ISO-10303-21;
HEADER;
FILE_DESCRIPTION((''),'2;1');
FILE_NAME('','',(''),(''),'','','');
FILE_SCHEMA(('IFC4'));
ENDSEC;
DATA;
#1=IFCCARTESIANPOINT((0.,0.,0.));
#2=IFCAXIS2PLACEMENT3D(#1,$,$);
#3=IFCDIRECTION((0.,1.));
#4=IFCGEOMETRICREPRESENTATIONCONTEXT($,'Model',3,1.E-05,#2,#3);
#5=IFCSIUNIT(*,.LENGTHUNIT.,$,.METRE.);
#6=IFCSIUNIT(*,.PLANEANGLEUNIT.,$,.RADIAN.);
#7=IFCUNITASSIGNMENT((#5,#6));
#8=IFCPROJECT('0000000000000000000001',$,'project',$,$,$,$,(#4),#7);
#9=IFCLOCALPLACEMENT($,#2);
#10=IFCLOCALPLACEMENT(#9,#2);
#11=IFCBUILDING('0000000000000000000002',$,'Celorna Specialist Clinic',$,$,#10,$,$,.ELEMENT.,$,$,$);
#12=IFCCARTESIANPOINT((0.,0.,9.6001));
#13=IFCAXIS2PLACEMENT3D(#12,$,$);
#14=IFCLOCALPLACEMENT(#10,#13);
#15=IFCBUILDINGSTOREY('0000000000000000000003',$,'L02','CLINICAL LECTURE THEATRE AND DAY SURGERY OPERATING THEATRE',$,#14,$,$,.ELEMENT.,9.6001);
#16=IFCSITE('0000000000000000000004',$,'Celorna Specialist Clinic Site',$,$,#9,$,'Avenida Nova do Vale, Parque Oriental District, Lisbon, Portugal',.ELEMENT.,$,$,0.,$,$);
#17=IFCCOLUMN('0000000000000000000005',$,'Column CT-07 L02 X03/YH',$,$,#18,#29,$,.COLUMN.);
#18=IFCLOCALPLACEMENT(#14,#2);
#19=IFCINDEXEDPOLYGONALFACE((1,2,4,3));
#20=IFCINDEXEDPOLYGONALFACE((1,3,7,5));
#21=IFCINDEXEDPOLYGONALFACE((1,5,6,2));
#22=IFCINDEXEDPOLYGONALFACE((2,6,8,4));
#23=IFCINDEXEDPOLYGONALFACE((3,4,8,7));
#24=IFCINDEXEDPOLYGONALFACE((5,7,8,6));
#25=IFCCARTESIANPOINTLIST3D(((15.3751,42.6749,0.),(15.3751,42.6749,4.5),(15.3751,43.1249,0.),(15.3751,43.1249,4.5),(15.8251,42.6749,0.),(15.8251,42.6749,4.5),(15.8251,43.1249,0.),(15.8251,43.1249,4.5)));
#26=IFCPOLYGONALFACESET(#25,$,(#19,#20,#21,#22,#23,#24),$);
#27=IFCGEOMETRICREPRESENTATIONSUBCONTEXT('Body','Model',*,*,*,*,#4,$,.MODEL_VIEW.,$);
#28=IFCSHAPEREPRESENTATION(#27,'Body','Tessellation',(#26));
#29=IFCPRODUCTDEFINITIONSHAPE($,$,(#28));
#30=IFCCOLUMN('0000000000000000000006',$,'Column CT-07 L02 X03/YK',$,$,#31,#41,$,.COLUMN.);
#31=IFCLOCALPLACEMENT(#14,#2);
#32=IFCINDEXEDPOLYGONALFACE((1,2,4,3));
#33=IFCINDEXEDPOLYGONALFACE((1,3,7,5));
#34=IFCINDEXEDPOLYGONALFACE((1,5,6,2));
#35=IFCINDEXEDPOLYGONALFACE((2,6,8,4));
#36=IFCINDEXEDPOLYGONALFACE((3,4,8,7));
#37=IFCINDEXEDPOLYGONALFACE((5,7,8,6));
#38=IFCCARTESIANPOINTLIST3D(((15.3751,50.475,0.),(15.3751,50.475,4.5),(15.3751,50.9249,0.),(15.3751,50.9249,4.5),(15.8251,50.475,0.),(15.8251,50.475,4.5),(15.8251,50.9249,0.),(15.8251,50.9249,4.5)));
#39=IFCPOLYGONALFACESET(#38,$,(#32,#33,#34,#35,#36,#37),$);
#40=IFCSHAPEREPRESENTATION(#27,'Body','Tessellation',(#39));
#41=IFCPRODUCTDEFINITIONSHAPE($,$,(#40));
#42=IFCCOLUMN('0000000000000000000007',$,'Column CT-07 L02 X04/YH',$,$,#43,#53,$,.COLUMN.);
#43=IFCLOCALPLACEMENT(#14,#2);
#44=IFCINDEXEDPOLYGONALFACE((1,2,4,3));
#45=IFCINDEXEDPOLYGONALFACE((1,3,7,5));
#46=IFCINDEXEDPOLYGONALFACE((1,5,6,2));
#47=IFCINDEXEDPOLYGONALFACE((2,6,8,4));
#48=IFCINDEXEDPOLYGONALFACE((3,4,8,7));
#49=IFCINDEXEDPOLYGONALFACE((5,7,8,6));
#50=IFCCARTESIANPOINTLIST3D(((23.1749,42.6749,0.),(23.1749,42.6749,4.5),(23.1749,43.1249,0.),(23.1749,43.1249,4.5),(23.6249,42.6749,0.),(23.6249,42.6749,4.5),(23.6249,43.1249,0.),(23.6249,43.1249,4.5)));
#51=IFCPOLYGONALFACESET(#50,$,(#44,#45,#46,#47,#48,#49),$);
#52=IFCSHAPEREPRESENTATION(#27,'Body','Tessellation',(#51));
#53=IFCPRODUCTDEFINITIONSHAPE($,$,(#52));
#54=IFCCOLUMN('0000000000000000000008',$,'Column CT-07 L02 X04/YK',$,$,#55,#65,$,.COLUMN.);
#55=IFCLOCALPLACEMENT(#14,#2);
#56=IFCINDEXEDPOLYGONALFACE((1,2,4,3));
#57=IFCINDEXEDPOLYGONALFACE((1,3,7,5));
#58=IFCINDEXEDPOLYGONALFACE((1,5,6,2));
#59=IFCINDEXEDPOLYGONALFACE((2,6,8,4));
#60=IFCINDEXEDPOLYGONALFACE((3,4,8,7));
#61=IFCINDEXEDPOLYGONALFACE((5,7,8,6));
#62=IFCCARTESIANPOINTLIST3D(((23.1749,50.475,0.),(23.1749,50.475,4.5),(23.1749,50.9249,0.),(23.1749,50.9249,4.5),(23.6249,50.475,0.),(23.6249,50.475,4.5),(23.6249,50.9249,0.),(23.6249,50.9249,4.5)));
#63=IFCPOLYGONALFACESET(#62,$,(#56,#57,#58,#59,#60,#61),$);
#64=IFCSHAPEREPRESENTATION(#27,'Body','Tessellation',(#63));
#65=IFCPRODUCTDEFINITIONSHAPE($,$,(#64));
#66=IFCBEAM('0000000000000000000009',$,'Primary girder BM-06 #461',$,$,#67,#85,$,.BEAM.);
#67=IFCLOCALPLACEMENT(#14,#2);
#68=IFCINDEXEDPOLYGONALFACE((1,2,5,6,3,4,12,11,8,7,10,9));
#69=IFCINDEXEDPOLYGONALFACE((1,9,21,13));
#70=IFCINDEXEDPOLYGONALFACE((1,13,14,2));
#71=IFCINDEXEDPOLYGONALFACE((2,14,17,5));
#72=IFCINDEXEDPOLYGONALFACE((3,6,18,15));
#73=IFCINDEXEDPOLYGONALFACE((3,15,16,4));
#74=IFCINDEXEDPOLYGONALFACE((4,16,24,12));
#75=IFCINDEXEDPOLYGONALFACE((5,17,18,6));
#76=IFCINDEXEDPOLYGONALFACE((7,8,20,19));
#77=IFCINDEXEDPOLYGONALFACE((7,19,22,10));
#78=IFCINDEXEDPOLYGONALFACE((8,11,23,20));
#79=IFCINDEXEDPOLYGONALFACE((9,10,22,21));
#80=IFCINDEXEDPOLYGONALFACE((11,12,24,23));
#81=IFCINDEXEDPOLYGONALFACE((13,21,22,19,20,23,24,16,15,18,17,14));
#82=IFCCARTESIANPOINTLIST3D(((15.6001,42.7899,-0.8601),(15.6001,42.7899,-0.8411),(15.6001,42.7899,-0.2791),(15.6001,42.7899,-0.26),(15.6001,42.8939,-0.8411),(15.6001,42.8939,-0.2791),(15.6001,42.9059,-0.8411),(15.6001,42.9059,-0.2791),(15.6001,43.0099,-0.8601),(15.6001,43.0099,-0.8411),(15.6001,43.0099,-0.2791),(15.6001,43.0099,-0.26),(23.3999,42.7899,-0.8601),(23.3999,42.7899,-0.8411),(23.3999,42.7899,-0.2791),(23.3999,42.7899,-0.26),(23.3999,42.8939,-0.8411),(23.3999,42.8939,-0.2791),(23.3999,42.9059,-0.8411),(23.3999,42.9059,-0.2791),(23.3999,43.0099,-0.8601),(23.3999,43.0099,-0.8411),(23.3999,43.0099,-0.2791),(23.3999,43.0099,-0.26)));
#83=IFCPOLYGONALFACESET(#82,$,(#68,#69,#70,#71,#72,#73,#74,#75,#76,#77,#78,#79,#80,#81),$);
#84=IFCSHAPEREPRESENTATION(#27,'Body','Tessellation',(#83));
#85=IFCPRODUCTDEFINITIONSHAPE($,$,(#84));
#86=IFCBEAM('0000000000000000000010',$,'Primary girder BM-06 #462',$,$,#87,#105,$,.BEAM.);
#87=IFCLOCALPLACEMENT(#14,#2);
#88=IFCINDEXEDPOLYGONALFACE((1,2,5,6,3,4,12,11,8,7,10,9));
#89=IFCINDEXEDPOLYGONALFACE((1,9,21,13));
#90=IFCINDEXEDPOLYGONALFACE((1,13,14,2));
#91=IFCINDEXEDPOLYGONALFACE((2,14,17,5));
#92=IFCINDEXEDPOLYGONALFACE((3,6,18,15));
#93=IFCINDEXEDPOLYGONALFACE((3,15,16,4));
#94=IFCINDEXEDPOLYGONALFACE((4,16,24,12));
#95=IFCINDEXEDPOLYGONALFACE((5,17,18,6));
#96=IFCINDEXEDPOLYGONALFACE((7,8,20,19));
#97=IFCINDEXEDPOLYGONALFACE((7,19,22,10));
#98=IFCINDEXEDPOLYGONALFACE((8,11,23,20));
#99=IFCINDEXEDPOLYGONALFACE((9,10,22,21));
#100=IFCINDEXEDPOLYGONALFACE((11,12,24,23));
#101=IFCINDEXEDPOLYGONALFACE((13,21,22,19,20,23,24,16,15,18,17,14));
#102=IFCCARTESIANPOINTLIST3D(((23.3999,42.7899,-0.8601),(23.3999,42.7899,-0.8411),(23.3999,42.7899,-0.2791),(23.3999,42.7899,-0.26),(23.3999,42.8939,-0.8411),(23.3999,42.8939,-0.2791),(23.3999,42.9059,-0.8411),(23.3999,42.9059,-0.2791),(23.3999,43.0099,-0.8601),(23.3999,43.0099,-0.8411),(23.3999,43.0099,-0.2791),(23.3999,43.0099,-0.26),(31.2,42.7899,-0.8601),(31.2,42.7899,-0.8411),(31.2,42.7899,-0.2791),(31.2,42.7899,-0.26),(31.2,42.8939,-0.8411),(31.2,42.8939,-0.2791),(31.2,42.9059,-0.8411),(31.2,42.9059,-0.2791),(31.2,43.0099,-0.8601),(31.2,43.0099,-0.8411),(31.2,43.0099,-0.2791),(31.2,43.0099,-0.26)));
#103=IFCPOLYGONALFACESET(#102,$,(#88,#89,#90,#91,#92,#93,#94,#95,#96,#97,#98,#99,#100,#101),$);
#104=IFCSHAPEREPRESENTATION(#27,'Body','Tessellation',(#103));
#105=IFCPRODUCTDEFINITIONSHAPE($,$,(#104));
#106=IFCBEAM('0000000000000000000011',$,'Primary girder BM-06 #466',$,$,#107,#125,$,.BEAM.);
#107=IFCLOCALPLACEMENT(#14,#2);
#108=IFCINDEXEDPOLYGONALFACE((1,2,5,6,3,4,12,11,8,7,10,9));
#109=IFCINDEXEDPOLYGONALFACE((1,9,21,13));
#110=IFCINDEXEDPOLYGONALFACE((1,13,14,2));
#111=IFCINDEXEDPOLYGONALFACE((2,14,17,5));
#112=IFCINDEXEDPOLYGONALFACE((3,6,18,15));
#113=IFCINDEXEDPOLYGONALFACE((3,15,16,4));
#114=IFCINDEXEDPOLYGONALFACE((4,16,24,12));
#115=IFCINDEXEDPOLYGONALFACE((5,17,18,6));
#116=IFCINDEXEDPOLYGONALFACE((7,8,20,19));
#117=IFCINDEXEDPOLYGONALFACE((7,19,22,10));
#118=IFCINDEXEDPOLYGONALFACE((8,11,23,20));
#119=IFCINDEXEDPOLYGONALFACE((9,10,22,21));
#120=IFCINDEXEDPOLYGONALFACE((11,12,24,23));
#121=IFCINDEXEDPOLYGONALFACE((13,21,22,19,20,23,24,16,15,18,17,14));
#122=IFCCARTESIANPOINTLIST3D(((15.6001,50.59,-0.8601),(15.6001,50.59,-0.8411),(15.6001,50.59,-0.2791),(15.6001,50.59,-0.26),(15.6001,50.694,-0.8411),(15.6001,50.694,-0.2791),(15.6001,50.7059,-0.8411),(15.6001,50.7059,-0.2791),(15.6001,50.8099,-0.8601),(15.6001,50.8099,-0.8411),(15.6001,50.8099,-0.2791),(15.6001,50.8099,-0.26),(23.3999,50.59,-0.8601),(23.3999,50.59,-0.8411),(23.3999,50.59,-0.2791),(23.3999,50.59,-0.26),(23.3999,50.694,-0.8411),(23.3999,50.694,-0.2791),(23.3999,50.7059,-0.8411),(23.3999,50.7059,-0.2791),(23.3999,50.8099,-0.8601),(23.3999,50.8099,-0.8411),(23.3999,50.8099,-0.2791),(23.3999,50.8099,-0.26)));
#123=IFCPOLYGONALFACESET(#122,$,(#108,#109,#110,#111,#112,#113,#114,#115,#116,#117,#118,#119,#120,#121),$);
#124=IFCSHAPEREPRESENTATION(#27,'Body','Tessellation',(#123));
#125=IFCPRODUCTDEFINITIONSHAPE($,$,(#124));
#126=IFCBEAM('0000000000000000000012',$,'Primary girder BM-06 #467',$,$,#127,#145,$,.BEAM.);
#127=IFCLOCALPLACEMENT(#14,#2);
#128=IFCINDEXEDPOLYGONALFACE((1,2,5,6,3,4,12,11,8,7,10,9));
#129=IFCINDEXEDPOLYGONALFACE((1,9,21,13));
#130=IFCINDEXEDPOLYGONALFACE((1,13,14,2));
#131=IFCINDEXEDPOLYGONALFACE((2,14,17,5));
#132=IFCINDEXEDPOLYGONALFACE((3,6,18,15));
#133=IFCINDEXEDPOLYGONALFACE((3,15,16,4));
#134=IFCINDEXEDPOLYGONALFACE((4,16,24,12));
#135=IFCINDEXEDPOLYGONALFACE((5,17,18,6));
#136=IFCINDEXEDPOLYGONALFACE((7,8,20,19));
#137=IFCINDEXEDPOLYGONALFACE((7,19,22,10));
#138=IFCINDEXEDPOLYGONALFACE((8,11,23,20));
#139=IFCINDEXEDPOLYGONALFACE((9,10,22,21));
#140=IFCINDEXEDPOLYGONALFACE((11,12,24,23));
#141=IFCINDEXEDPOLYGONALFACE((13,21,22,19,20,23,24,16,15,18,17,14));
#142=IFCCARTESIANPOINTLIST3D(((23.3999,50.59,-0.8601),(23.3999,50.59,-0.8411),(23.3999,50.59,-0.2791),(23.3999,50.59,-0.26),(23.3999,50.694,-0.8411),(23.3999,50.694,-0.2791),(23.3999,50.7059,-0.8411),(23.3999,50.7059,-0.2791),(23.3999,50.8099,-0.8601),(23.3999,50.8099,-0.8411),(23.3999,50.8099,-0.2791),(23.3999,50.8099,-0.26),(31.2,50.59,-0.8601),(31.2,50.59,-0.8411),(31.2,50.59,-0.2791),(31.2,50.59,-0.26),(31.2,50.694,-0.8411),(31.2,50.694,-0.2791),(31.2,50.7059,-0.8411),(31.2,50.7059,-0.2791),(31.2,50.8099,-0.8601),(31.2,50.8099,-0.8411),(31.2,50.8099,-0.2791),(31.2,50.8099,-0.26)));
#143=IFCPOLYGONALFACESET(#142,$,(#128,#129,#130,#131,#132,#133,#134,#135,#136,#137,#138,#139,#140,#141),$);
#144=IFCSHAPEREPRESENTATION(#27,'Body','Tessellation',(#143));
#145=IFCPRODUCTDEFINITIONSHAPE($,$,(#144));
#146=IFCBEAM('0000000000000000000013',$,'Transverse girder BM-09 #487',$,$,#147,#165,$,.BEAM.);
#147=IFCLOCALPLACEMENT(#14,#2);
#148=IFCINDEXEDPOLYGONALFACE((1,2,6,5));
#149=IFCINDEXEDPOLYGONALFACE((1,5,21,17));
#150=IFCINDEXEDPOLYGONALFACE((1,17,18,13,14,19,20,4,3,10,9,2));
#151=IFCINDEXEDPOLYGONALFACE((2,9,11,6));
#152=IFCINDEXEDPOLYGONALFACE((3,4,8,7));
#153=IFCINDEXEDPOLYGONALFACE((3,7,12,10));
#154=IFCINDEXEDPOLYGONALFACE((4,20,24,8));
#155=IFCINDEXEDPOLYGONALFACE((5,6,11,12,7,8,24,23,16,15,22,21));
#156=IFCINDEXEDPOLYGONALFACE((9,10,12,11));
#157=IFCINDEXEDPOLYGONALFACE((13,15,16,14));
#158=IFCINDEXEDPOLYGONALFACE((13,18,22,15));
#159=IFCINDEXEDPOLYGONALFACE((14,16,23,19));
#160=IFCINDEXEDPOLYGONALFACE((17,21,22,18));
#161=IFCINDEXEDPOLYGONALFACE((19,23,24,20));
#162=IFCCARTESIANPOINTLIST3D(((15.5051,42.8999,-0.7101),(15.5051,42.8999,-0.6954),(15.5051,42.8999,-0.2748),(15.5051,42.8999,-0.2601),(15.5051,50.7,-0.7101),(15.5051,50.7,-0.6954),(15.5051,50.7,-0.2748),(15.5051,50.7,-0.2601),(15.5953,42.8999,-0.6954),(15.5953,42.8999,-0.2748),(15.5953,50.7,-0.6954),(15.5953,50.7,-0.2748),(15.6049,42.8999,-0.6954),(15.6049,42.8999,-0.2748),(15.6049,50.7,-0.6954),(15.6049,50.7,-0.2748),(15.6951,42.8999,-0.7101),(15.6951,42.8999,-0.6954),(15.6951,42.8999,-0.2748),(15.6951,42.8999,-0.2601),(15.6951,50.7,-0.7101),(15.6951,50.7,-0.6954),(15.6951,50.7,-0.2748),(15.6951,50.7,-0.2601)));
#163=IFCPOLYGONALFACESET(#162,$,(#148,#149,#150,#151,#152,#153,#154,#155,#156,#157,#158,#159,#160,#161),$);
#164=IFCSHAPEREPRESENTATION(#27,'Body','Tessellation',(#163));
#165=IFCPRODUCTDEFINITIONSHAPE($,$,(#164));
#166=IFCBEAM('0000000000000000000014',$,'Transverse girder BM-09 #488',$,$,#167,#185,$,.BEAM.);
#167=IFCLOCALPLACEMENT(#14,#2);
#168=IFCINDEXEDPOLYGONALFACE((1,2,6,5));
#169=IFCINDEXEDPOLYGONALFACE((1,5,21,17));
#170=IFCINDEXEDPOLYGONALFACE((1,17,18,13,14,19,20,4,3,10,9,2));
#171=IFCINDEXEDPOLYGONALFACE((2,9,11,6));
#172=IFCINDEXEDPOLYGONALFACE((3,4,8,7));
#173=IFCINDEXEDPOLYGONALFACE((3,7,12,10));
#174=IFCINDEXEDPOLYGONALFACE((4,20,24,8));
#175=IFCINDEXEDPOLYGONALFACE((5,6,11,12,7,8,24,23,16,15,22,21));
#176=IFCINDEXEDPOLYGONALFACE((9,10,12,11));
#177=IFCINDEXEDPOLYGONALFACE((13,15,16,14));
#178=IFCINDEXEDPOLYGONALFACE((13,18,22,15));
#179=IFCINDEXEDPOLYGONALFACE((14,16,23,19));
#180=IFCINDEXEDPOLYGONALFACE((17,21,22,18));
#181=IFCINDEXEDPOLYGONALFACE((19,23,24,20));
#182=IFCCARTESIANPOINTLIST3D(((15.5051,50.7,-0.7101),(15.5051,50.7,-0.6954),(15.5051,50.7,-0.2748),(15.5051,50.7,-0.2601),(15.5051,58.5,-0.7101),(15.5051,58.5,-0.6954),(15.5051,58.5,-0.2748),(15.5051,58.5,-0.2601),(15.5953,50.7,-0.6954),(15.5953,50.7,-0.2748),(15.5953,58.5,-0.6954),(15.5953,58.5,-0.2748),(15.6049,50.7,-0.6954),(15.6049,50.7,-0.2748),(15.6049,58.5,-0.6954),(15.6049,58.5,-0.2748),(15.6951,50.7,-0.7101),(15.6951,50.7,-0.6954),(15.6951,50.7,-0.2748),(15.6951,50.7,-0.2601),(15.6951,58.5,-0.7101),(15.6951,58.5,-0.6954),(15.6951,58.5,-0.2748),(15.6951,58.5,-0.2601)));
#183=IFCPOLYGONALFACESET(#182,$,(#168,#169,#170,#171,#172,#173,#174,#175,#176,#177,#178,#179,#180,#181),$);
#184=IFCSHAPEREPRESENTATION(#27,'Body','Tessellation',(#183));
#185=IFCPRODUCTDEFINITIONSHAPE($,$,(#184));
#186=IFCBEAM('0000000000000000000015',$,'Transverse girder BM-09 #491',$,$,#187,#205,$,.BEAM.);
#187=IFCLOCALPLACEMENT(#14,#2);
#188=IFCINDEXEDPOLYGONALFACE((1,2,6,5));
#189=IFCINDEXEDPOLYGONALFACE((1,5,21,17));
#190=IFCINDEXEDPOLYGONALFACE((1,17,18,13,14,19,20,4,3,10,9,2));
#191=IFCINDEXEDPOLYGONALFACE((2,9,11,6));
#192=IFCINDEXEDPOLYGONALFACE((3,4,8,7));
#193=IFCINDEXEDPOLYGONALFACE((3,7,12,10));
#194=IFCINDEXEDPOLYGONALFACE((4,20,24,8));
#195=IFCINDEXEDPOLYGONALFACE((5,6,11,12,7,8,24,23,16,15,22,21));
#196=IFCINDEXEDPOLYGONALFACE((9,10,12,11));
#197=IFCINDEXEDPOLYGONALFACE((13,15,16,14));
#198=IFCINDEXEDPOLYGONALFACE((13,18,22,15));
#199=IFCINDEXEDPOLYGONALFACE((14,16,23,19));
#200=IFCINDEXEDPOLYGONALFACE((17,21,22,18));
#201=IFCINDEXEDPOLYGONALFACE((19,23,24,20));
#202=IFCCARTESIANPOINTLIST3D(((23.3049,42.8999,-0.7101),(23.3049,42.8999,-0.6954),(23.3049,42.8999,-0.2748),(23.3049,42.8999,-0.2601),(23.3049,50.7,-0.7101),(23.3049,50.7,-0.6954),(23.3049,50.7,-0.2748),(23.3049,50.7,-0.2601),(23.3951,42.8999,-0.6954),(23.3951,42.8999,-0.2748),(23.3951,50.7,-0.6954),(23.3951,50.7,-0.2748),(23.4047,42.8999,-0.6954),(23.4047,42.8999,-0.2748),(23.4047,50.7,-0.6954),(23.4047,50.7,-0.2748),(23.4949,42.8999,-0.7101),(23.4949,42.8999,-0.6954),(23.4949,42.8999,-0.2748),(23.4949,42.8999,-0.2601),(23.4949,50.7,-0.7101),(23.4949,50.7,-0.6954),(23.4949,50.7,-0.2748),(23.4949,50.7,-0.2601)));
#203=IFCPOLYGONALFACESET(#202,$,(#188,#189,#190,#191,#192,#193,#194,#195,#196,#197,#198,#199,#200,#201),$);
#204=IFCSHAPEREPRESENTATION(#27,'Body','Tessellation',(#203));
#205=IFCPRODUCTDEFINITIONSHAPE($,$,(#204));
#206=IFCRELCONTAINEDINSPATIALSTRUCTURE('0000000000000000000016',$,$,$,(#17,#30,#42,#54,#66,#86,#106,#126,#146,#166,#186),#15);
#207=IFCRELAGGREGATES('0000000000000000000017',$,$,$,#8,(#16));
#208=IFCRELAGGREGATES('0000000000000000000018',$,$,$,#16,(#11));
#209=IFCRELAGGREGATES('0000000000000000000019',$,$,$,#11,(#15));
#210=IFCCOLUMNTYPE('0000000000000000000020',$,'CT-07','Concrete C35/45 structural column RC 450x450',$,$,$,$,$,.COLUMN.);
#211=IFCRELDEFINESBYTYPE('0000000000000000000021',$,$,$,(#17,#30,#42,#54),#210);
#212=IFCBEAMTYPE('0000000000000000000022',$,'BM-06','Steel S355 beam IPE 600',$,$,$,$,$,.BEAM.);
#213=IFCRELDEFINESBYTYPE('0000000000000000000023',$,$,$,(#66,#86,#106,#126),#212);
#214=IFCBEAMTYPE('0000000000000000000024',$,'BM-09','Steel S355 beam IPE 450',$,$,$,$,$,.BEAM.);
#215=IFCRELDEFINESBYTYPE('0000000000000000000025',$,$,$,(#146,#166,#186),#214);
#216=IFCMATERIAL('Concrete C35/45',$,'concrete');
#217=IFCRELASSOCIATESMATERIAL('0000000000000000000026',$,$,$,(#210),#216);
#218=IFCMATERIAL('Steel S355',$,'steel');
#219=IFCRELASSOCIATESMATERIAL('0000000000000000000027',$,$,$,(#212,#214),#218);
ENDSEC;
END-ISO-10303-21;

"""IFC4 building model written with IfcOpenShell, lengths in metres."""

from ifc_helpers import new_model, si_unit, direction, frame, origin, origin_2d, place, context, subcontext, project, spatial, rectangle, i_section, extrude, material, material_profile, profile_set, type_object, element, save


model = new_model("IFC4")

# Units and contexts
model_context = context("Model", 3, precision=1e-05, world=origin(), true_north=direction((0.0, 1.0)))
body_context = subcontext(model_context, "Body", "Model", "MODEL_VIEW")
ifc_project = project(units=[si_unit("LENGTHUNIT", "METRE"), si_unit("PLANEANGLEUNIT", "RADIAN")], contexts=[model_context])

# Site, building, storey
site_placement = place(None, origin())
site = spatial("IfcSite", under=ifc_project, at=site_placement, Name="Celorna Specialist Clinic Site", LongName="Avenida Nova do Vale, Parque Oriental District, Lisbon, Portugal", CompositionType="ELEMENT", RefElevation=0.0)
building_placement = place(site_placement, origin())
building = spatial("IfcBuilding", under=site, at=building_placement, Name="Celorna Specialist Clinic", CompositionType="ELEMENT")
storey_placement = place(building_placement, frame((0.0, 0.0, 9.6001)))
storey = spatial("IfcBuildingStorey", under=building, at=storey_placement, Name="L02", Description="CLINICAL LECTURE THEATRE AND DAY SURGERY OPERATING THEATRE", CompositionType="ELEMENT", Elevation=9.6001)

# Columns
ifc_material_1 = material(Name="Concrete C35/45", Category="concrete")
ifc_material_profile_1 = material_profile(ifc_material_1, rectangle(XDim=0.45, YDim=0.45, at=origin_2d()), Name="RC 450x450")
ifc_profile_set_1 = profile_set([ifc_material_profile_1], Name="Concrete C35/45")
column_type = type_object("IfcColumnType", Name="CT-07", Description="Concrete C35/45 structural column RC 450x450", PredefinedType="COLUMN", material=ifc_profile_set_1)
for number, where, z_axis, x_axis, name in (
    (1, (15.6001, 42.8999, 0.0), (0.0, 0.0, 1.0), (1.0, 0.0, 0.0), "Column CT-07 L02 X03/YH"),
    (2, (15.6001, 50.7, 0.0), (0.0, 0.0, 1.0), (1.0, 0.0, 0.0), "Column CT-07 L02 X03/YK"),
    (3, (23.3999, 42.8999, 0.0), (0.0, 0.0, 1.0), (1.0, 0.0, 0.0), "Column CT-07 L02 X04/YH"),
    (4, (23.3999, 50.7, 0.0), (0.0, 0.0, 1.0), (1.0, 0.0, 0.0), "Column CT-07 L02 X04/YK"),
):
    element("IfcColumn", number, at=place(storey_placement, frame(where, z_axis=z_axis, x_axis=x_axis)), inside=storey, type_object=column_type, Name=name, PredefinedType="COLUMN", context=body_context, shape_type="SweptSolid", body=[
        extrude(rectangle(XDim=0.45, YDim=0.45, at=origin_2d()), origin(), (0.0, 0.0, 1.0), 4.5),
    ])

# Beams
ifc_material_2 = material(Name="Steel S355", Category="steel")
ifc_material_profile_2 = material_profile(ifc_material_2, i_section(OverallWidth=0.22, OverallDepth=0.6001, WebThickness=0.012, FlangeThickness=0.019, at=origin_2d()), Name="IPE 600")
ifc_profile_set_2 = profile_set([ifc_material_profile_2], Name="Steel S355")
beam_type_1 = type_object("IfcBeamType", Name="BM-06", Description="Steel S355 beam IPE 600", PredefinedType="BEAM", material=ifc_profile_set_2)
beam_1_placement = place(storey_placement, frame((15.6001, 42.8999, -0.5601), z_axis=(1.0, 0.0, 0.0), x_axis=(0.0, 1.0, 0.0)))
element("IfcBeam", 5, at=beam_1_placement, inside=storey, type_object=beam_type_1, Name="Primary girder BM-06 #461", PredefinedType="BEAM", context=body_context, shape_type="SweptSolid", body=[
    extrude(i_section(OverallWidth=0.22, OverallDepth=0.6001, WebThickness=0.012, FlangeThickness=0.019, at=origin_2d()), origin(), (0.0, 0.0, 1.0), 7.7998),
])
beam_2_placement = place(storey_placement, frame((23.3999, 42.8999, -0.5601), z_axis=(1.0, 0.0, 0.0), x_axis=(0.0, 1.0, 0.0)))
element("IfcBeam", 6, at=beam_2_placement, inside=storey, type_object=beam_type_1, Name="Primary girder BM-06 #462", PredefinedType="BEAM", context=body_context, shape_type="SweptSolid", body=[
    extrude(i_section(OverallWidth=0.22, OverallDepth=0.6001, WebThickness=0.012, FlangeThickness=0.019, at=origin_2d()), origin(), (0.0, 0.0, 1.0), 7.8),
])
beam_3_placement = place(storey_placement, frame((15.6001, 50.7, -0.5601), z_axis=(1.0, 0.0, 0.0), x_axis=(0.0, 1.0, 0.0)))
element("IfcBeam", 7, at=beam_3_placement, inside=storey, type_object=beam_type_1, Name="Primary girder BM-06 #466", PredefinedType="BEAM", context=body_context, shape_type="SweptSolid", body=[
    extrude(i_section(OverallWidth=0.22, OverallDepth=0.6001, WebThickness=0.012, FlangeThickness=0.019, at=origin_2d()), origin(), (0.0, 0.0, 1.0), 7.7998),
])
beam_4_placement = place(storey_placement, frame((23.3999, 50.7, -0.5601), z_axis=(1.0, 0.0, 0.0), x_axis=(0.0, 1.0, 0.0)))
element("IfcBeam", 8, at=beam_4_placement, inside=storey, type_object=beam_type_1, Name="Primary girder BM-06 #467", PredefinedType="BEAM", context=body_context, shape_type="SweptSolid", body=[
    extrude(i_section(OverallWidth=0.22, OverallDepth=0.6001, WebThickness=0.012, FlangeThickness=0.019, at=origin_2d()), origin(), (0.0, 0.0, 1.0), 7.8),
])
ifc_material_profile_3 = material_profile(ifc_material_2, i_section(OverallWidth=0.1899, OverallDepth=0.45, WebThickness=0.0095, FlangeThickness=0.0146, at=origin_2d()), Name="IPE 450")
ifc_profile_set_3 = profile_set([ifc_material_profile_3], Name="Steel S355")
beam_type_2 = type_object("IfcBeamType", Name="BM-09", Description="Steel S355 beam IPE 450", PredefinedType="BEAM", material=ifc_profile_set_3)
for number, where, z_axis, x_axis, name in (
    (9, (15.6001, 42.8999, -0.4851), (0.0, 1.0, 0.0), (-1.0, 0.0, 0.0), "Transverse girder BM-09 #487"),
    (10, (15.6001, 50.7, -0.4851), (0.0, 1.0, 0.0), (-1.0, 0.0, 0.0), "Transverse girder BM-09 #488"),
    (11, (23.3999, 42.8999, -0.4851), (0.0, 1.0, 0.0), (-1.0, 0.0, 0.0), "Transverse girder BM-09 #491"),
):
    element("IfcBeam", number, at=place(storey_placement, frame(where, z_axis=z_axis, x_axis=x_axis)), inside=storey, type_object=beam_type_2, Name=name, PredefinedType="BEAM", context=body_context, shape_type="SweptSolid", body=[
        extrude(i_section(OverallWidth=0.1899, OverallDepth=0.45, WebThickness=0.0095, FlangeThickness=0.0146, at=origin_2d()), origin(), (0.0, 0.0, 1.0), 7.8),
    ])

save(model, "model.ifc")
